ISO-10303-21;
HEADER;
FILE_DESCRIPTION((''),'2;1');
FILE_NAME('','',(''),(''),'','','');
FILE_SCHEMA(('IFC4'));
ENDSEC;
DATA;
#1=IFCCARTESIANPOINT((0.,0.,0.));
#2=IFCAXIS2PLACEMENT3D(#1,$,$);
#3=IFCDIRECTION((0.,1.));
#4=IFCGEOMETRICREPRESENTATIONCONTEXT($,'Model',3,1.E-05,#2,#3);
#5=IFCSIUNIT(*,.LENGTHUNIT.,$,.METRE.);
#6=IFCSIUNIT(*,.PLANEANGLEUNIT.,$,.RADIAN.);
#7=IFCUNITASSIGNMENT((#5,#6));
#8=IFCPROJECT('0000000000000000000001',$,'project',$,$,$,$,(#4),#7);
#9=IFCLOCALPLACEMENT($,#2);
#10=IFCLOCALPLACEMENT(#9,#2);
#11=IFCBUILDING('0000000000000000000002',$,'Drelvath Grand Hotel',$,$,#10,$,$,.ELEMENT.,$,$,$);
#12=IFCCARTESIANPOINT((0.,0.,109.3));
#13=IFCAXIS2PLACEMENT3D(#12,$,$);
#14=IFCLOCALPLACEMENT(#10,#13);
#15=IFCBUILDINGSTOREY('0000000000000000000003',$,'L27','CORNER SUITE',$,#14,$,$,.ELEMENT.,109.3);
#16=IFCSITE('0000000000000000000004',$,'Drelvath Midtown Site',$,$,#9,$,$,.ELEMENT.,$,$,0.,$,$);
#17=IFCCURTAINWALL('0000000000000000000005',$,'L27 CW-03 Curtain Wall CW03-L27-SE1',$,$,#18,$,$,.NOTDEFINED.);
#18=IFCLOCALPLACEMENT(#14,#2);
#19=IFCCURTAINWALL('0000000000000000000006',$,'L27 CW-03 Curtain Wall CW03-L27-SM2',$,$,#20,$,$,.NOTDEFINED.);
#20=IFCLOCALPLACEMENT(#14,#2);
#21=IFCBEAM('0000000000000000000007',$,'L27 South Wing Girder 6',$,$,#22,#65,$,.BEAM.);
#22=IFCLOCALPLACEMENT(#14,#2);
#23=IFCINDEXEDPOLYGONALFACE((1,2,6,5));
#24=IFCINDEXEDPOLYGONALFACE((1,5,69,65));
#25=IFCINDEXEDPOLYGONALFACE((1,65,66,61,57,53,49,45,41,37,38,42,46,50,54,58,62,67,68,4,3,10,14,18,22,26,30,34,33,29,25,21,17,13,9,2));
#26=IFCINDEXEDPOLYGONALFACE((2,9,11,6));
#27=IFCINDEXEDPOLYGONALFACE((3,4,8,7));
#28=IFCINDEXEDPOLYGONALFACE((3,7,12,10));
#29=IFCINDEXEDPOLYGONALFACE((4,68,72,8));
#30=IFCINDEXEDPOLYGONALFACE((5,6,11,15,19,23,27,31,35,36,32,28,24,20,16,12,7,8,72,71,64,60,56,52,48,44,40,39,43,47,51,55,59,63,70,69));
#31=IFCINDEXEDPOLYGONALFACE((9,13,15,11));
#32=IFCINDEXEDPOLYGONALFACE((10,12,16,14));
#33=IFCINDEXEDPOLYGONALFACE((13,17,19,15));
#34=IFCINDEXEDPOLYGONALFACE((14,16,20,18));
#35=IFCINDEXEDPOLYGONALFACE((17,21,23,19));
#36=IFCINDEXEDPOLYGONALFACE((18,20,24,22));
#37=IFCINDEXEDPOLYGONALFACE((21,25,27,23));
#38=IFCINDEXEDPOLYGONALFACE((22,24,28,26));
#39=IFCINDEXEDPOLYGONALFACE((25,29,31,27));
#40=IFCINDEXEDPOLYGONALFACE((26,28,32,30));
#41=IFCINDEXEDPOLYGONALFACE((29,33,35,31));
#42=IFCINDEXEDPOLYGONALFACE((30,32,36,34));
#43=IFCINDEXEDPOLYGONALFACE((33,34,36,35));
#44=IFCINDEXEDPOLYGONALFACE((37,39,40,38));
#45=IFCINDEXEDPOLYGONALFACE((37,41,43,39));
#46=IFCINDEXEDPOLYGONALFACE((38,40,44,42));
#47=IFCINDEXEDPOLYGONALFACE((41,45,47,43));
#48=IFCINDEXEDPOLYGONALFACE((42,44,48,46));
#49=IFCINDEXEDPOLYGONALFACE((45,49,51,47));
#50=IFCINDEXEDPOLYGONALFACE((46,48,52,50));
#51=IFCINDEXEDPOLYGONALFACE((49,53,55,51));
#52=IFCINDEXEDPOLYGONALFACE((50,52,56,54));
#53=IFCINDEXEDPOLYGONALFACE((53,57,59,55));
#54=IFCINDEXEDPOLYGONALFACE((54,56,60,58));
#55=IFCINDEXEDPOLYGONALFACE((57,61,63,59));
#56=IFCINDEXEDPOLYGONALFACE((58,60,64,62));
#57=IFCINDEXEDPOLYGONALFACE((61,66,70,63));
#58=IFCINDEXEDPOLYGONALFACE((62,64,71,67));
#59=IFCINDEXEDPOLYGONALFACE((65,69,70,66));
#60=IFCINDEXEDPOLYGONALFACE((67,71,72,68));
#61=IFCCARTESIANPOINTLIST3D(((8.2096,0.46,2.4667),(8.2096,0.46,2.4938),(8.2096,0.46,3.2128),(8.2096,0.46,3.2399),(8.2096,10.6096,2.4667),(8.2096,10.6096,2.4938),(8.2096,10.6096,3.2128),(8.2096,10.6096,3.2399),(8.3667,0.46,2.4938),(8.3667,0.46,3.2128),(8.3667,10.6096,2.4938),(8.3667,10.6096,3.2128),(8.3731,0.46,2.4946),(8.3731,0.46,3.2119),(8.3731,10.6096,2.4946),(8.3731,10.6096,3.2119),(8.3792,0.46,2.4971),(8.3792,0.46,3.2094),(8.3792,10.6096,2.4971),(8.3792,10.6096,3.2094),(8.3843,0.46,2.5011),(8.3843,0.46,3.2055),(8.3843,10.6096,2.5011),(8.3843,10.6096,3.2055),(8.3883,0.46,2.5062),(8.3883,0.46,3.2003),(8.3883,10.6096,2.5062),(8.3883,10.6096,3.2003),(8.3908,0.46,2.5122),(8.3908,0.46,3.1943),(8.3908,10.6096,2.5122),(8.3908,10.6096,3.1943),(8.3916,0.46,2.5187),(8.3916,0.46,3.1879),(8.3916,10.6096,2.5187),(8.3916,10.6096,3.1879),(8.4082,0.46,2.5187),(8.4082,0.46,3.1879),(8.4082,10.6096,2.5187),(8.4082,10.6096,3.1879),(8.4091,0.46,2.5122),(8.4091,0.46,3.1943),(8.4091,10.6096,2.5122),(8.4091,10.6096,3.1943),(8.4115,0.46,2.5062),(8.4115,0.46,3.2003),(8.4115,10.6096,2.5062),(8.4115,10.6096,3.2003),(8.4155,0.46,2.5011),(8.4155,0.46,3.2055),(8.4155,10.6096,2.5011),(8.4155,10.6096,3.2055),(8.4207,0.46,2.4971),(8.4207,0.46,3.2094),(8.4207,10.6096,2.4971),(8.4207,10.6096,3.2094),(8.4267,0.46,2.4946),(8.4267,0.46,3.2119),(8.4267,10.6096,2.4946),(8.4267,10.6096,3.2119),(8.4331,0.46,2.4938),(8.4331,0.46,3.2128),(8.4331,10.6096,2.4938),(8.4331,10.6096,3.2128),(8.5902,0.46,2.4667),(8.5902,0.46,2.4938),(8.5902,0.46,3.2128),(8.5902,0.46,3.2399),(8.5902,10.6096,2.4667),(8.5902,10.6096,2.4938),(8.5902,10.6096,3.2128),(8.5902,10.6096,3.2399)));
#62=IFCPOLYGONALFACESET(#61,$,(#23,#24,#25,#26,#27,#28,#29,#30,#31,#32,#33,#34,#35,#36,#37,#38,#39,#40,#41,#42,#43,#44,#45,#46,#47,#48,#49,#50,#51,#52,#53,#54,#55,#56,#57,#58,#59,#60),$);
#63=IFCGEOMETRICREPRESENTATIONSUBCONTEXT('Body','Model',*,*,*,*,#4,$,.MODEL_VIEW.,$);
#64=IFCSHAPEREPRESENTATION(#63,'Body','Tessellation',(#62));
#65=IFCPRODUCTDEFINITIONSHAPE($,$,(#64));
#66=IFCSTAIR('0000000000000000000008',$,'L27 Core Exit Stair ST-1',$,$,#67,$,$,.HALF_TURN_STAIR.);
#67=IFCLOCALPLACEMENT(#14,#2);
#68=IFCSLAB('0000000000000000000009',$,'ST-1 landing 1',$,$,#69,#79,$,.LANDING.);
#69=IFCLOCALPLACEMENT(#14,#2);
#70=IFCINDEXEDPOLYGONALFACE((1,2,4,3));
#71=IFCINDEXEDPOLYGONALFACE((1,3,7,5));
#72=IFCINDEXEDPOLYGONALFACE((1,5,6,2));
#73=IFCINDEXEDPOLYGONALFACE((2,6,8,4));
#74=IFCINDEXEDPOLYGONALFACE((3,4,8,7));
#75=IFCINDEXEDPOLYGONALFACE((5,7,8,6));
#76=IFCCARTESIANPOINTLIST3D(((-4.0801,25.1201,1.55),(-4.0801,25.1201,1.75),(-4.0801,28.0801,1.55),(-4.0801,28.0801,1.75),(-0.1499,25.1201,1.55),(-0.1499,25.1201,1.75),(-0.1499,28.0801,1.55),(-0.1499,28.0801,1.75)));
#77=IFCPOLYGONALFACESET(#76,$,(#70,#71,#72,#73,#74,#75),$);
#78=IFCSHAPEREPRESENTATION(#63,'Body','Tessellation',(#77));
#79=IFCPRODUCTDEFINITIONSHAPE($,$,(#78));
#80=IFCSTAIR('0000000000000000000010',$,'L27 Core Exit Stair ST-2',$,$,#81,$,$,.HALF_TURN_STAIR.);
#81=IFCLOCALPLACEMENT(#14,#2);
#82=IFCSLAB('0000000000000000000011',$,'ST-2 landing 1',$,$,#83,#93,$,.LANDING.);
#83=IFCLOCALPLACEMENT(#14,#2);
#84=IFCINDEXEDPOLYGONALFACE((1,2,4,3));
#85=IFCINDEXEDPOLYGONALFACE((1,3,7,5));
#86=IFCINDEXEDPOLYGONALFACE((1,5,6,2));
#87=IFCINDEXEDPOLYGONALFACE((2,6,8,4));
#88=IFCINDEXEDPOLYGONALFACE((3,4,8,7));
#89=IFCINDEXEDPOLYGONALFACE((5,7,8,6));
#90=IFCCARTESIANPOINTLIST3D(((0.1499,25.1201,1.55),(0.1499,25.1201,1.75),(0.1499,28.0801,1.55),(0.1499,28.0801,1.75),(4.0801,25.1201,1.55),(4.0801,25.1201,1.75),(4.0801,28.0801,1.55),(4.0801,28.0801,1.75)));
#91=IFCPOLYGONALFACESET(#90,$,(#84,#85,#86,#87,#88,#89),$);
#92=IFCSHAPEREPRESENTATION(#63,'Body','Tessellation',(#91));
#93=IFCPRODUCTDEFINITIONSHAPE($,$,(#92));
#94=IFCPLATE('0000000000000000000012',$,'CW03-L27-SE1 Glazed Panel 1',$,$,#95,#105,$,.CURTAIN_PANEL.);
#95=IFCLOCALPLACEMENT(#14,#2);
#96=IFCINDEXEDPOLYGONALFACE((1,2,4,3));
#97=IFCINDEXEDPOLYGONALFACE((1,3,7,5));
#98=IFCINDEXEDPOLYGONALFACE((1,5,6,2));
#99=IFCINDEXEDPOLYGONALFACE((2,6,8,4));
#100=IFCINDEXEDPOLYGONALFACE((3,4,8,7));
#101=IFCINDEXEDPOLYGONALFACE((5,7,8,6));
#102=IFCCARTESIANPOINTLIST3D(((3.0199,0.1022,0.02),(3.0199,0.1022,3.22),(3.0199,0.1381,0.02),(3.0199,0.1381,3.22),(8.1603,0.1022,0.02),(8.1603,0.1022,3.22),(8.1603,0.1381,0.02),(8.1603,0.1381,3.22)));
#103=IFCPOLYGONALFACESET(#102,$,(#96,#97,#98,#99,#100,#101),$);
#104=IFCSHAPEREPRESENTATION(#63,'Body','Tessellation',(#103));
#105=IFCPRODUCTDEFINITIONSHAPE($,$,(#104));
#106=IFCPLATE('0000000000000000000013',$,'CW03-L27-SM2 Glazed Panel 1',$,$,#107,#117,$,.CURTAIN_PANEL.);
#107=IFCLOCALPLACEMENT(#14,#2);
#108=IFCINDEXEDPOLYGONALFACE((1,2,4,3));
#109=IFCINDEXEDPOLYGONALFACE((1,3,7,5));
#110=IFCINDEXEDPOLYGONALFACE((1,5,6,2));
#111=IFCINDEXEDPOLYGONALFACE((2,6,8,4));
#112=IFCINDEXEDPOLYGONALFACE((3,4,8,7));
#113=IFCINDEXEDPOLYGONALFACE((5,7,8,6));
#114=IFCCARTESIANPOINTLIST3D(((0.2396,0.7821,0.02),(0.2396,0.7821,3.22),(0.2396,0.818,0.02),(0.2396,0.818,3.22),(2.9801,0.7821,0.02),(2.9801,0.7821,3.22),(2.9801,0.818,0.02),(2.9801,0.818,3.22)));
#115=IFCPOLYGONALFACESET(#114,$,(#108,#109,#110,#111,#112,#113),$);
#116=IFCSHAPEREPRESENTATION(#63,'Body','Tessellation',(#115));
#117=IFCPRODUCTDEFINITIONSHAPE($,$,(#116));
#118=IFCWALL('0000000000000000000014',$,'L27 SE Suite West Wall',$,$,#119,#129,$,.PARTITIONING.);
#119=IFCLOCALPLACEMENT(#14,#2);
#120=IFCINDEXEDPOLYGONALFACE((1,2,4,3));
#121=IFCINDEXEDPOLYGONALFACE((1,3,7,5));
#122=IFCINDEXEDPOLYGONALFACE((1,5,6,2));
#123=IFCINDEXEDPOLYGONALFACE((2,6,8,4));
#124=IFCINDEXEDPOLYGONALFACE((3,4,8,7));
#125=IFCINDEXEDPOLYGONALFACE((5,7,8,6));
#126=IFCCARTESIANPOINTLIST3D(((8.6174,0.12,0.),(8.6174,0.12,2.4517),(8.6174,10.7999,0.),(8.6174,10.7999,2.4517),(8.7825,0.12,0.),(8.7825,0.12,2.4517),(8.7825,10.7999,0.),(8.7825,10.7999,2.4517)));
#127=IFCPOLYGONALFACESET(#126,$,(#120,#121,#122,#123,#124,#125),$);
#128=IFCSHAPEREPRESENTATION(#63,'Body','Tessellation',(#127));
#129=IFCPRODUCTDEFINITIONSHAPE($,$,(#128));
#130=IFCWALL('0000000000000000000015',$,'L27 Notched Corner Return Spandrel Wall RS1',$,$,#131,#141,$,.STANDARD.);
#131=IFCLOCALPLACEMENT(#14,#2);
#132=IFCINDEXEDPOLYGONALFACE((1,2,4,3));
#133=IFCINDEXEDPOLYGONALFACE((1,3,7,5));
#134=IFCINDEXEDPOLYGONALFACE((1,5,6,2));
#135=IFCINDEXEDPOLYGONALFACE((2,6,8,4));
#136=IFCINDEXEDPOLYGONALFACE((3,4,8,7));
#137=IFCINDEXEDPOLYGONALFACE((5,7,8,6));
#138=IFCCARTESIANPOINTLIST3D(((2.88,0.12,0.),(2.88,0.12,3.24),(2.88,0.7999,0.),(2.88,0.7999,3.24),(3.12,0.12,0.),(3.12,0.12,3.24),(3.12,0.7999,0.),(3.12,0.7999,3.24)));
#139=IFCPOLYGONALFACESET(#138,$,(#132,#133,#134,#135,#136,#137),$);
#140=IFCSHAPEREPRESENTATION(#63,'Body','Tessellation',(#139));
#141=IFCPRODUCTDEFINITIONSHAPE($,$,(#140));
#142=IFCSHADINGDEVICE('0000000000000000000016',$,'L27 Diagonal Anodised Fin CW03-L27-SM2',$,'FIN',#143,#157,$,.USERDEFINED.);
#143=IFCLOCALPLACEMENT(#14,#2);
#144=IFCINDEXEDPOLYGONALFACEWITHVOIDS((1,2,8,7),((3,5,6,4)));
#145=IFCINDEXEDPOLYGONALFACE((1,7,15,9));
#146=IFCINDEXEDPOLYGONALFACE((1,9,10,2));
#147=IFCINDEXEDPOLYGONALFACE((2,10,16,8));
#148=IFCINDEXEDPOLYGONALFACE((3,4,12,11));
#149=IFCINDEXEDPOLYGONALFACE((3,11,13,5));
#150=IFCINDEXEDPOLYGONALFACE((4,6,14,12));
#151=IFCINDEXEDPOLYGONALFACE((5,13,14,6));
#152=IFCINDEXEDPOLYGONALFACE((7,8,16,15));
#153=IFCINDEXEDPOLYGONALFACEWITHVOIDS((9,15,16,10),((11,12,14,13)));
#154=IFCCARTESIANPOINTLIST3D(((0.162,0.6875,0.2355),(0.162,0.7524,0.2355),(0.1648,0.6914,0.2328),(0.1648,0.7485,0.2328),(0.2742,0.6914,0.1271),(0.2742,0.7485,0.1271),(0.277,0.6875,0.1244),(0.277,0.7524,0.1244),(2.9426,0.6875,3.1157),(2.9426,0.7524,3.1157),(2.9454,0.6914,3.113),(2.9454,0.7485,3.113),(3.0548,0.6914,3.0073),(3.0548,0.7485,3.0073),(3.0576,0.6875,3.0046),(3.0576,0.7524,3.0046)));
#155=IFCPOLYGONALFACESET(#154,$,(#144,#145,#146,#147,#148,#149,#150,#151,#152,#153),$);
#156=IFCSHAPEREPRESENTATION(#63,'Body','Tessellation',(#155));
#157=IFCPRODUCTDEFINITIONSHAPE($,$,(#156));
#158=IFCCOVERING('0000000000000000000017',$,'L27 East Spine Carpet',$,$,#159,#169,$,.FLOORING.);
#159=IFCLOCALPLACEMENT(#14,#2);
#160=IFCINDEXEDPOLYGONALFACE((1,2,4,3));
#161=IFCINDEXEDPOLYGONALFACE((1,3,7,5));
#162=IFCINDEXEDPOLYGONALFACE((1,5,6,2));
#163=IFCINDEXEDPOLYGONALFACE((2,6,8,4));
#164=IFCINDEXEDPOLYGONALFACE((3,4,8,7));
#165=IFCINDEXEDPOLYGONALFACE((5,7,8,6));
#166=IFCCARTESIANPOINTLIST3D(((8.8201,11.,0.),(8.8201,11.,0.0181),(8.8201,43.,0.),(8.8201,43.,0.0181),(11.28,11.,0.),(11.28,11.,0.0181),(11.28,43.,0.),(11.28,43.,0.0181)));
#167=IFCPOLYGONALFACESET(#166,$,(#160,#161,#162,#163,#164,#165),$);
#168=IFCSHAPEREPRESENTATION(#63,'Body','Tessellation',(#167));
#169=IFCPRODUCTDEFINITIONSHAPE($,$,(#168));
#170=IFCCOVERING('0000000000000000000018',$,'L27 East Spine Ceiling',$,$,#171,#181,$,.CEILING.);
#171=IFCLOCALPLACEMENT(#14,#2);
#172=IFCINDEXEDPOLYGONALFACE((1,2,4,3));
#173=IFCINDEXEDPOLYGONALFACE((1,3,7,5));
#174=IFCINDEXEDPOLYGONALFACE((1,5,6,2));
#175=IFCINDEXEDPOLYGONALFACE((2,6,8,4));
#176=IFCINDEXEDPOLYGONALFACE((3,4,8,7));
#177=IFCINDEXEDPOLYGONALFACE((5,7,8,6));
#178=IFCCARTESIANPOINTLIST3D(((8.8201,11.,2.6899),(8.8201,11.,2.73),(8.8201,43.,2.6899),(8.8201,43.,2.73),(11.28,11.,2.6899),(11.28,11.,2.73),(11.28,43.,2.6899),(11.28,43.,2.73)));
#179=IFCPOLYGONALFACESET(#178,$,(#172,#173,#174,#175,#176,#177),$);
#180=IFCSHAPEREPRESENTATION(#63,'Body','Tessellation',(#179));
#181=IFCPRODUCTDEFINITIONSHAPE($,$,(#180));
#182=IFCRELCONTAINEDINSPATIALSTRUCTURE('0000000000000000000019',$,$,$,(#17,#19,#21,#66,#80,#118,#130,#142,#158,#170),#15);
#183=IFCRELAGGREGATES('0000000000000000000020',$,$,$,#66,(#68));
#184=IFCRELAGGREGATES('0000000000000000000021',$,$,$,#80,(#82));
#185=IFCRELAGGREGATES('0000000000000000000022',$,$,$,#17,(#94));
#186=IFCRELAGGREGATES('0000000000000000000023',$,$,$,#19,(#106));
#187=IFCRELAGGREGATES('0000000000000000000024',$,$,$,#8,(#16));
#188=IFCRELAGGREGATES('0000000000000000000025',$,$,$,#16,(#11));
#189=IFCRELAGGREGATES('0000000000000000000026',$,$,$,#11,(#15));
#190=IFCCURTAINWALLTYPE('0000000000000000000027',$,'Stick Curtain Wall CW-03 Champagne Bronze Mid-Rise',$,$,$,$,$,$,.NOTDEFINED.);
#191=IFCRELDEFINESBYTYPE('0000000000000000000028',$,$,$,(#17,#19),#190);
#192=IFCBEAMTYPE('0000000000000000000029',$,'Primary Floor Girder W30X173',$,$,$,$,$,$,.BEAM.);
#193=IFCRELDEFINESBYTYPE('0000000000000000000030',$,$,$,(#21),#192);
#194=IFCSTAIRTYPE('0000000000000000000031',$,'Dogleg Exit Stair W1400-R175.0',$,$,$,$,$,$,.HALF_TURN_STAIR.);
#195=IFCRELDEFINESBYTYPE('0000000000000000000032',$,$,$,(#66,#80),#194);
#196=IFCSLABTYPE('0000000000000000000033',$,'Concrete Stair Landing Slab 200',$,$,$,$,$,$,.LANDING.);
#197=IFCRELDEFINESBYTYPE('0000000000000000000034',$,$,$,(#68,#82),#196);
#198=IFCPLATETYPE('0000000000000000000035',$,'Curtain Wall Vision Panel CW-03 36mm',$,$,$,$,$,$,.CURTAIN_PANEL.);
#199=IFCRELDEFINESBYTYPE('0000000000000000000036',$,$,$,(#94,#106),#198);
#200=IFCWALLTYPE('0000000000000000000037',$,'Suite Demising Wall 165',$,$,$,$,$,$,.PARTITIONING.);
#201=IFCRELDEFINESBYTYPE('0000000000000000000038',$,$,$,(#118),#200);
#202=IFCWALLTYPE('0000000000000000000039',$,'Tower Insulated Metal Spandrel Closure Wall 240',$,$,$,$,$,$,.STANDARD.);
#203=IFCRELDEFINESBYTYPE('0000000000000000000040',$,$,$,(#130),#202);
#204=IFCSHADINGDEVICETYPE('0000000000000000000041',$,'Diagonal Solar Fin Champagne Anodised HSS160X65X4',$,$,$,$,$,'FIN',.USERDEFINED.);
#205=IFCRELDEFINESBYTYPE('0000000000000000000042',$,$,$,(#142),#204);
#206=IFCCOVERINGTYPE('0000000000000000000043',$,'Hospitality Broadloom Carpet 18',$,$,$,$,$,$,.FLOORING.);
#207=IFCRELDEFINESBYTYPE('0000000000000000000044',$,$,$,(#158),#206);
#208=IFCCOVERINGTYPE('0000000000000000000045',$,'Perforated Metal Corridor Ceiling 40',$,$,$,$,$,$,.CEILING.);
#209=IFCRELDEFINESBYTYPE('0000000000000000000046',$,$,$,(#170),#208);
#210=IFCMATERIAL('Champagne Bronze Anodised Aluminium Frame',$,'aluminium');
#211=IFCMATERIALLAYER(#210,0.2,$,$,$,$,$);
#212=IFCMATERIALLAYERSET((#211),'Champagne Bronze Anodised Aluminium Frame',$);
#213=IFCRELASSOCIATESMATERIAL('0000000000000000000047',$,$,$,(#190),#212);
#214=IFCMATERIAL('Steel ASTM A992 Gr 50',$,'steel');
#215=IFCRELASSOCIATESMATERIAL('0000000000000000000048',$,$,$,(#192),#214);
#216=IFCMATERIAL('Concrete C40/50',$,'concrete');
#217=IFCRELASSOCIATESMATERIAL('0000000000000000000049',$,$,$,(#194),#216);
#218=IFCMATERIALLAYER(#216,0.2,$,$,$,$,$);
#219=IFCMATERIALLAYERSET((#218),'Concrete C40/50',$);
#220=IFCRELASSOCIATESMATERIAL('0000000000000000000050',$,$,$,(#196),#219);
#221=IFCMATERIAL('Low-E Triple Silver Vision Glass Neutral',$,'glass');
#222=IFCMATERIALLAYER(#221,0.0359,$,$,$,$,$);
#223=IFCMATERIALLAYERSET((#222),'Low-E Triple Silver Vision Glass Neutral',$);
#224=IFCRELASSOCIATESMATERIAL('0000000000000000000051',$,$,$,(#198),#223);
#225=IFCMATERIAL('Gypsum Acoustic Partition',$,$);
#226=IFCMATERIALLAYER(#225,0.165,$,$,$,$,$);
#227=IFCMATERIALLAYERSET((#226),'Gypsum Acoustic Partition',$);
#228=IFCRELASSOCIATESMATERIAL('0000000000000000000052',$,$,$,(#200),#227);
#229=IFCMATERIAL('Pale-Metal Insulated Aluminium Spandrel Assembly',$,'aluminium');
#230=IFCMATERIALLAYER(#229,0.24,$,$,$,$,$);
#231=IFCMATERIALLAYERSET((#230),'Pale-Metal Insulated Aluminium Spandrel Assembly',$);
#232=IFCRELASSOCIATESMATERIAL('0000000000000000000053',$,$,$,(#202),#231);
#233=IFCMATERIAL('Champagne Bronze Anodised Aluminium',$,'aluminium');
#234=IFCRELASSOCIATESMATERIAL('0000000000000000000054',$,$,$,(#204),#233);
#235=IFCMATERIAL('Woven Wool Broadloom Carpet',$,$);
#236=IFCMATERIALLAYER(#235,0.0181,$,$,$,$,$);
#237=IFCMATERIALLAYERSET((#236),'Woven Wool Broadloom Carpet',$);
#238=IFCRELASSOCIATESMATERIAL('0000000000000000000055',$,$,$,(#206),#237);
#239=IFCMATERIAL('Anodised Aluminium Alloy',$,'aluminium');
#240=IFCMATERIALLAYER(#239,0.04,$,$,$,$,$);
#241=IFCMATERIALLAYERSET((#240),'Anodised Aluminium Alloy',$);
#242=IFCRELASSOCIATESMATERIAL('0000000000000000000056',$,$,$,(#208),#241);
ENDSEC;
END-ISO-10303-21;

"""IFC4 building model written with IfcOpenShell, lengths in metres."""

from ifc_helpers import new_model, si_unit, direction, frame, frame_2d, origin, origin_2d, place, context, subcontext, project, spatial, polyline, rectangle, hollow_rectangle, i_section, outline, extrude, material, layer, layer_set, material_profile, profile_set, type_object, element, aggregate, save


model = new_model("IFC4")

# Units and contexts
model_context = context("Model", 3, precision=1e-05, world=origin(), true_north=direction((0.0, 1.0)))
body_context = subcontext(model_context, "Body", "Model", "MODEL_VIEW")
ifc_project = project(units=[si_unit("LENGTHUNIT", "METRE"), si_unit("PLANEANGLEUNIT", "RADIAN")], contexts=[model_context])

# Site, building, storey
site_placement = place(None, origin())
site = spatial("IfcSite", under=ifc_project, at=site_placement, Name="Drelvath Midtown Site", CompositionType="ELEMENT", RefElevation=0.0)
building_placement = place(site_placement, origin())
building = spatial("IfcBuilding", under=site, at=building_placement, Name="Drelvath Grand Hotel", CompositionType="ELEMENT")
storey_placement = place(building_placement, frame((0.0, 0.0, 109.3)))
storey = spatial("IfcBuildingStorey", under=building, at=storey_placement, Name="L27", Description="CORNER SUITE", CompositionType="ELEMENT", Elevation=109.3)

# Curtain walls
ifc_material_1 = material(Name="Champagne Bronze Anodised Aluminium Frame", Category="aluminium")
ifc_layer_1 = layer(ifc_material_1, 0.2)
ifc_layer_set_1 = layer_set([ifc_layer_1], Name="Champagne Bronze Anodised Aluminium Frame")
curtain_wall_type = type_object("IfcCurtainWallType", Name="Stick Curtain Wall CW-03 Champagne Bronze Mid-Rise", PredefinedType="NOTDEFINED", material=ifc_layer_set_1)
curtain_wall_1_placement = place(storey_placement, origin())
curtain_wall_1 = element("IfcCurtainWall", 1, at=curtain_wall_1_placement, inside=storey, type_object=curtain_wall_type, Name="L27 CW-03 Curtain Wall CW03-L27-SE1", PredefinedType="NOTDEFINED")
curtain_wall_2_placement = place(storey_placement, origin())
curtain_wall_2 = element("IfcCurtainWall", 2, at=curtain_wall_2_placement, inside=storey, type_object=curtain_wall_type, Name="L27 CW-03 Curtain Wall CW03-L27-SM2", PredefinedType="NOTDEFINED")

# Beam
ifc_material_2 = material(Name="Steel ASTM A992 Gr 50", Category="steel")
ifc_material_profile_1 = material_profile(ifc_material_2, i_section(OverallWidth=0.3806, OverallDepth=0.7732, WebThickness=0.0166, FlangeThickness=0.0271, FilletRadius=0.0249, at=origin_2d()), Name="W30X173")
ifc_profile_set_1 = profile_set([ifc_material_profile_1], Name="Steel ASTM A992 Gr 50")
beam_type_1 = type_object("IfcBeamType", Name="Primary Floor Girder W30X173", PredefinedType="BEAM", material=ifc_profile_set_1)
beam_1_placement = place(storey_placement, frame((8.3999, 0.46, 2.8533), z_axis=(0.0, 1.0, 0.0), x_axis=(-1.0, 0.0, 0.0)))
element("IfcBeam", 3, at=beam_1_placement, inside=storey, type_object=beam_type_1, Name="L27 South Wing Girder 6", PredefinedType="BEAM", context=body_context, shape_type="SweptSolid", body=[
    extrude(i_section(OverallWidth=0.3806, OverallDepth=0.7732, WebThickness=0.0166, FlangeThickness=0.0271, FilletRadius=0.0249, at=origin_2d()), origin(), (0.0, 0.0, 1.0), 10.1497),
])

# Stairs, slabs
ifc_material_3 = material(Name="Concrete C40/50", Category="concrete")
stair_type = type_object("IfcStairType", Name="Dogleg Exit Stair W1400-R175.0", PredefinedType="HALF_TURN_STAIR", material=ifc_material_3)
stair_1_placement = place(storey_placement, origin())
stair_1 = element("IfcStair", 4, at=stair_1_placement, inside=storey, type_object=stair_type, Name="L27 Core Exit Stair ST-1", PredefinedType="HALF_TURN_STAIR")
ifc_layer_2 = layer(ifc_material_3, 0.2)
ifc_layer_set_2 = layer_set([ifc_layer_2], Name="Concrete C40/50")
slab_type = type_object("IfcSlabType", Name="Concrete Stair Landing Slab 200", PredefinedType="LANDING", material=ifc_layer_set_2)
slab_1_placement = place(storey_placement, frame((0.0, 0.0, 1.55)))
slab_1 = element("IfcSlab", 5, at=slab_1_placement, type_object=slab_type, Name="ST-1 landing 1", PredefinedType="LANDING", context=body_context, shape_type="SweptSolid", body=[
    extrude(outline(polyline([(-4.0801, 25.1201), (-0.1499, 25.1201), (-0.1499, 28.0801), (-4.0801, 28.0801), (-4.0801, 25.1201)])), origin(), (0.0, 0.0, 1.0), 0.2),
])
aggregate(stair_1, [slab_1])
stair_2_placement = place(storey_placement, origin())
stair_2 = element("IfcStair", 6, at=stair_2_placement, inside=storey, type_object=stair_type, Name="L27 Core Exit Stair ST-2", PredefinedType="HALF_TURN_STAIR")
slab_2_placement = place(storey_placement, frame((0.0, 0.0, 1.55)))
slab_2 = element("IfcSlab", 7, at=slab_2_placement, type_object=slab_type, Name="ST-2 landing 1", PredefinedType="LANDING", context=body_context, shape_type="SweptSolid", body=[
    extrude(outline(polyline([(4.0801, 28.0801), (0.1499, 28.0801), (0.1499, 25.1201), (4.0801, 25.1201), (4.0801, 28.0801)])), origin(), (0.0, 0.0, 1.0), 0.2),
])
aggregate(stair_2, [slab_2])

# Plates
ifc_material_4 = material(Name="Low-E Triple Silver Vision Glass Neutral", Category="glass")
ifc_layer_3 = layer(ifc_material_4, 0.0359)
ifc_layer_set_3 = layer_set([ifc_layer_3], Name="Low-E Triple Silver Vision Glass Neutral")
plate_type = type_object("IfcPlateType", Name="Curtain Wall Vision Panel CW-03 36mm", PredefinedType="CURTAIN_PANEL", material=ifc_layer_set_3)
plate_1_placement = place(storey_placement, frame((5.5901, 0.1201, 0.02), z_axis=(0.0, 0.0, 1.0), x_axis=(-1.0, 0.0, 0.0)))
plate_1 = element("IfcPlate", 8, at=plate_1_placement, type_object=plate_type, Name="CW03-L27-SE1 Glazed Panel 1", PredefinedType="CURTAIN_PANEL", context=body_context, shape_type="SweptSolid", body=[
    extrude(rectangle(XDim=5.1404, YDim=0.0359, at=origin_2d()), origin(), (0.0, 0.0, 1.0), 3.2),
])
aggregate(curtain_wall_1, [plate_1])
plate_2_placement = place(storey_placement, frame((1.6099, 0.8, 0.02), z_axis=(0.0, 0.0, 1.0), x_axis=(-1.0, 0.0, 0.0)))
plate_2 = element("IfcPlate", 9, at=plate_2_placement, type_object=plate_type, Name="CW03-L27-SM2 Glazed Panel 1", PredefinedType="CURTAIN_PANEL", context=body_context, shape_type="SweptSolid", body=[
    extrude(rectangle(XDim=2.7405, YDim=0.0359, at=origin_2d()), origin(), (0.0, 0.0, 1.0), 3.2),
])
aggregate(curtain_wall_2, [plate_2])

# Walls
ifc_material_5 = material(Name="Gypsum Acoustic Partition")
ifc_layer_4 = layer(ifc_material_5, 0.165)
ifc_layer_set_4 = layer_set([ifc_layer_4], Name="Gypsum Acoustic Partition")
wall_type_1 = type_object("IfcWallType", Name="Suite Demising Wall 165", PredefinedType="PARTITIONING", material=ifc_layer_set_4)
wall_1_placement = place(storey_placement, frame((8.7, 0.1201, 0.0), z_axis=(0.0, 0.0, 1.0), x_axis=(0.0, 1.0, 0.0)))
element("IfcWall", 10, at=wall_1_placement, inside=storey, type_object=wall_type_1, Name="L27 SE Suite West Wall", PredefinedType="PARTITIONING", context=body_context, shape_type="SweptSolid", body=[
    extrude(rectangle(XDim=10.6799, YDim=0.165, at=frame_2d((5.3398, 0.0))), origin(), (0.0, 0.0, 1.0), 2.4517),
])
ifc_material_6 = material(Name="Pale-Metal Insulated Aluminium Spandrel Assembly", Category="aluminium")
ifc_layer_5 = layer(ifc_material_6, 0.24)
ifc_layer_set_5 = layer_set([ifc_layer_5], Name="Pale-Metal Insulated Aluminium Spandrel Assembly")
wall_type_2 = type_object("IfcWallType", Name="Tower Insulated Metal Spandrel Closure Wall 240", PredefinedType="STANDARD", material=ifc_layer_set_5)
wall_2_placement = place(storey_placement, frame((3.0, 0.1201, 0.0), z_axis=(0.0, 0.0, 1.0), x_axis=(0.0, 1.0, 0.0)))
element("IfcWall", 11, at=wall_2_placement, inside=storey, type_object=wall_type_2, Name="L27 Notched Corner Return Spandrel Wall RS1", PredefinedType="STANDARD", context=body_context, shape_type="SweptSolid", body=[
    extrude(rectangle(XDim=0.6799, YDim=0.24, at=frame_2d((0.3398, 0.0))), origin(), (0.0, 0.0, 1.0), 3.24),
])

# Shading device
ifc_material_7 = material(Name="Champagne Bronze Anodised Aluminium", Category="aluminium")
ifc_material_profile_2 = material_profile(ifc_material_7, hollow_rectangle(XDim=0.0649, YDim=0.1599, WallThickness=0.0039, at=origin_2d()), Name="HSS160X65X4")
ifc_profile_set_2 = profile_set([ifc_material_profile_2], Name="Champagne Bronze Anodised Aluminium")
shading_device_type = type_object("IfcShadingDeviceType", Name="Diagonal Solar Fin Champagne Anodised HSS160X65X4", ElementType="FIN", PredefinedType="USERDEFINED", material=ifc_profile_set_2)
shading_device_placement = place(storey_placement, frame((0.2195, 0.72, 0.1799), z_axis=(0.694556, 0.0, 0.719438), x_axis=(0.0, 1.0, 0.0)))
element("IfcShadingDevice", 12, at=shading_device_placement, inside=storey, type_object=shading_device_type, Name="L27 Diagonal Anodised Fin CW03-L27-SM2", ObjectType="FIN", PredefinedType="USERDEFINED", context=body_context, shape_type="SweptSolid", body=[
    extrude(hollow_rectangle(XDim=0.0649, YDim=0.1599, WallThickness=0.0039, at=origin_2d()), origin(), (0.0, 0.0, 1.0), 4.0034),
])

# Coverings
ifc_material_8 = material(Name="Woven Wool Broadloom Carpet")
ifc_layer_6 = layer(ifc_material_8, 0.0181)
ifc_layer_set_6 = layer_set([ifc_layer_6], Name="Woven Wool Broadloom Carpet")
covering_type_1 = type_object("IfcCoveringType", Name="Hospitality Broadloom Carpet 18", PredefinedType="FLOORING", material=ifc_layer_set_6)
covering_1_placement = place(storey_placement, origin())
element("IfcCovering", 13, at=covering_1_placement, inside=storey, type_object=covering_type_1, Name="L27 East Spine Carpet", PredefinedType="FLOORING", context=body_context, shape_type="SweptSolid", body=[
    extrude(outline(polyline([(11.28, 11.0), (11.28, 43.0), (8.8201, 43.0), (8.8201, 11.0), (11.28, 11.0)])), origin(), (0.0, 0.0, 1.0), 0.0181),
])
ifc_material_9 = material(Name="Anodised Aluminium Alloy", Category="aluminium")
ifc_layer_7 = layer(ifc_material_9, 0.04)
ifc_layer_set_7 = layer_set([ifc_layer_7], Name="Anodised Aluminium Alloy")
covering_type_2 = type_object("IfcCoveringType", Name="Perforated Metal Corridor Ceiling 40", PredefinedType="CEILING", material=ifc_layer_set_7)
covering_2_placement = place(storey_placement, frame((0.0, 0.0, 2.6899)))
element("IfcCovering", 14, at=covering_2_placement, inside=storey, type_object=covering_type_2, Name="L27 East Spine Ceiling", PredefinedType="CEILING", context=body_context, shape_type="SweptSolid", body=[
    extrude(outline(polyline([(11.28, 11.0), (11.28, 43.0), (8.8201, 43.0), (8.8201, 11.0), (11.28, 11.0)])), origin(), (0.0, 0.0, 1.0), 0.04),
])

save(model, "model.ifc")
